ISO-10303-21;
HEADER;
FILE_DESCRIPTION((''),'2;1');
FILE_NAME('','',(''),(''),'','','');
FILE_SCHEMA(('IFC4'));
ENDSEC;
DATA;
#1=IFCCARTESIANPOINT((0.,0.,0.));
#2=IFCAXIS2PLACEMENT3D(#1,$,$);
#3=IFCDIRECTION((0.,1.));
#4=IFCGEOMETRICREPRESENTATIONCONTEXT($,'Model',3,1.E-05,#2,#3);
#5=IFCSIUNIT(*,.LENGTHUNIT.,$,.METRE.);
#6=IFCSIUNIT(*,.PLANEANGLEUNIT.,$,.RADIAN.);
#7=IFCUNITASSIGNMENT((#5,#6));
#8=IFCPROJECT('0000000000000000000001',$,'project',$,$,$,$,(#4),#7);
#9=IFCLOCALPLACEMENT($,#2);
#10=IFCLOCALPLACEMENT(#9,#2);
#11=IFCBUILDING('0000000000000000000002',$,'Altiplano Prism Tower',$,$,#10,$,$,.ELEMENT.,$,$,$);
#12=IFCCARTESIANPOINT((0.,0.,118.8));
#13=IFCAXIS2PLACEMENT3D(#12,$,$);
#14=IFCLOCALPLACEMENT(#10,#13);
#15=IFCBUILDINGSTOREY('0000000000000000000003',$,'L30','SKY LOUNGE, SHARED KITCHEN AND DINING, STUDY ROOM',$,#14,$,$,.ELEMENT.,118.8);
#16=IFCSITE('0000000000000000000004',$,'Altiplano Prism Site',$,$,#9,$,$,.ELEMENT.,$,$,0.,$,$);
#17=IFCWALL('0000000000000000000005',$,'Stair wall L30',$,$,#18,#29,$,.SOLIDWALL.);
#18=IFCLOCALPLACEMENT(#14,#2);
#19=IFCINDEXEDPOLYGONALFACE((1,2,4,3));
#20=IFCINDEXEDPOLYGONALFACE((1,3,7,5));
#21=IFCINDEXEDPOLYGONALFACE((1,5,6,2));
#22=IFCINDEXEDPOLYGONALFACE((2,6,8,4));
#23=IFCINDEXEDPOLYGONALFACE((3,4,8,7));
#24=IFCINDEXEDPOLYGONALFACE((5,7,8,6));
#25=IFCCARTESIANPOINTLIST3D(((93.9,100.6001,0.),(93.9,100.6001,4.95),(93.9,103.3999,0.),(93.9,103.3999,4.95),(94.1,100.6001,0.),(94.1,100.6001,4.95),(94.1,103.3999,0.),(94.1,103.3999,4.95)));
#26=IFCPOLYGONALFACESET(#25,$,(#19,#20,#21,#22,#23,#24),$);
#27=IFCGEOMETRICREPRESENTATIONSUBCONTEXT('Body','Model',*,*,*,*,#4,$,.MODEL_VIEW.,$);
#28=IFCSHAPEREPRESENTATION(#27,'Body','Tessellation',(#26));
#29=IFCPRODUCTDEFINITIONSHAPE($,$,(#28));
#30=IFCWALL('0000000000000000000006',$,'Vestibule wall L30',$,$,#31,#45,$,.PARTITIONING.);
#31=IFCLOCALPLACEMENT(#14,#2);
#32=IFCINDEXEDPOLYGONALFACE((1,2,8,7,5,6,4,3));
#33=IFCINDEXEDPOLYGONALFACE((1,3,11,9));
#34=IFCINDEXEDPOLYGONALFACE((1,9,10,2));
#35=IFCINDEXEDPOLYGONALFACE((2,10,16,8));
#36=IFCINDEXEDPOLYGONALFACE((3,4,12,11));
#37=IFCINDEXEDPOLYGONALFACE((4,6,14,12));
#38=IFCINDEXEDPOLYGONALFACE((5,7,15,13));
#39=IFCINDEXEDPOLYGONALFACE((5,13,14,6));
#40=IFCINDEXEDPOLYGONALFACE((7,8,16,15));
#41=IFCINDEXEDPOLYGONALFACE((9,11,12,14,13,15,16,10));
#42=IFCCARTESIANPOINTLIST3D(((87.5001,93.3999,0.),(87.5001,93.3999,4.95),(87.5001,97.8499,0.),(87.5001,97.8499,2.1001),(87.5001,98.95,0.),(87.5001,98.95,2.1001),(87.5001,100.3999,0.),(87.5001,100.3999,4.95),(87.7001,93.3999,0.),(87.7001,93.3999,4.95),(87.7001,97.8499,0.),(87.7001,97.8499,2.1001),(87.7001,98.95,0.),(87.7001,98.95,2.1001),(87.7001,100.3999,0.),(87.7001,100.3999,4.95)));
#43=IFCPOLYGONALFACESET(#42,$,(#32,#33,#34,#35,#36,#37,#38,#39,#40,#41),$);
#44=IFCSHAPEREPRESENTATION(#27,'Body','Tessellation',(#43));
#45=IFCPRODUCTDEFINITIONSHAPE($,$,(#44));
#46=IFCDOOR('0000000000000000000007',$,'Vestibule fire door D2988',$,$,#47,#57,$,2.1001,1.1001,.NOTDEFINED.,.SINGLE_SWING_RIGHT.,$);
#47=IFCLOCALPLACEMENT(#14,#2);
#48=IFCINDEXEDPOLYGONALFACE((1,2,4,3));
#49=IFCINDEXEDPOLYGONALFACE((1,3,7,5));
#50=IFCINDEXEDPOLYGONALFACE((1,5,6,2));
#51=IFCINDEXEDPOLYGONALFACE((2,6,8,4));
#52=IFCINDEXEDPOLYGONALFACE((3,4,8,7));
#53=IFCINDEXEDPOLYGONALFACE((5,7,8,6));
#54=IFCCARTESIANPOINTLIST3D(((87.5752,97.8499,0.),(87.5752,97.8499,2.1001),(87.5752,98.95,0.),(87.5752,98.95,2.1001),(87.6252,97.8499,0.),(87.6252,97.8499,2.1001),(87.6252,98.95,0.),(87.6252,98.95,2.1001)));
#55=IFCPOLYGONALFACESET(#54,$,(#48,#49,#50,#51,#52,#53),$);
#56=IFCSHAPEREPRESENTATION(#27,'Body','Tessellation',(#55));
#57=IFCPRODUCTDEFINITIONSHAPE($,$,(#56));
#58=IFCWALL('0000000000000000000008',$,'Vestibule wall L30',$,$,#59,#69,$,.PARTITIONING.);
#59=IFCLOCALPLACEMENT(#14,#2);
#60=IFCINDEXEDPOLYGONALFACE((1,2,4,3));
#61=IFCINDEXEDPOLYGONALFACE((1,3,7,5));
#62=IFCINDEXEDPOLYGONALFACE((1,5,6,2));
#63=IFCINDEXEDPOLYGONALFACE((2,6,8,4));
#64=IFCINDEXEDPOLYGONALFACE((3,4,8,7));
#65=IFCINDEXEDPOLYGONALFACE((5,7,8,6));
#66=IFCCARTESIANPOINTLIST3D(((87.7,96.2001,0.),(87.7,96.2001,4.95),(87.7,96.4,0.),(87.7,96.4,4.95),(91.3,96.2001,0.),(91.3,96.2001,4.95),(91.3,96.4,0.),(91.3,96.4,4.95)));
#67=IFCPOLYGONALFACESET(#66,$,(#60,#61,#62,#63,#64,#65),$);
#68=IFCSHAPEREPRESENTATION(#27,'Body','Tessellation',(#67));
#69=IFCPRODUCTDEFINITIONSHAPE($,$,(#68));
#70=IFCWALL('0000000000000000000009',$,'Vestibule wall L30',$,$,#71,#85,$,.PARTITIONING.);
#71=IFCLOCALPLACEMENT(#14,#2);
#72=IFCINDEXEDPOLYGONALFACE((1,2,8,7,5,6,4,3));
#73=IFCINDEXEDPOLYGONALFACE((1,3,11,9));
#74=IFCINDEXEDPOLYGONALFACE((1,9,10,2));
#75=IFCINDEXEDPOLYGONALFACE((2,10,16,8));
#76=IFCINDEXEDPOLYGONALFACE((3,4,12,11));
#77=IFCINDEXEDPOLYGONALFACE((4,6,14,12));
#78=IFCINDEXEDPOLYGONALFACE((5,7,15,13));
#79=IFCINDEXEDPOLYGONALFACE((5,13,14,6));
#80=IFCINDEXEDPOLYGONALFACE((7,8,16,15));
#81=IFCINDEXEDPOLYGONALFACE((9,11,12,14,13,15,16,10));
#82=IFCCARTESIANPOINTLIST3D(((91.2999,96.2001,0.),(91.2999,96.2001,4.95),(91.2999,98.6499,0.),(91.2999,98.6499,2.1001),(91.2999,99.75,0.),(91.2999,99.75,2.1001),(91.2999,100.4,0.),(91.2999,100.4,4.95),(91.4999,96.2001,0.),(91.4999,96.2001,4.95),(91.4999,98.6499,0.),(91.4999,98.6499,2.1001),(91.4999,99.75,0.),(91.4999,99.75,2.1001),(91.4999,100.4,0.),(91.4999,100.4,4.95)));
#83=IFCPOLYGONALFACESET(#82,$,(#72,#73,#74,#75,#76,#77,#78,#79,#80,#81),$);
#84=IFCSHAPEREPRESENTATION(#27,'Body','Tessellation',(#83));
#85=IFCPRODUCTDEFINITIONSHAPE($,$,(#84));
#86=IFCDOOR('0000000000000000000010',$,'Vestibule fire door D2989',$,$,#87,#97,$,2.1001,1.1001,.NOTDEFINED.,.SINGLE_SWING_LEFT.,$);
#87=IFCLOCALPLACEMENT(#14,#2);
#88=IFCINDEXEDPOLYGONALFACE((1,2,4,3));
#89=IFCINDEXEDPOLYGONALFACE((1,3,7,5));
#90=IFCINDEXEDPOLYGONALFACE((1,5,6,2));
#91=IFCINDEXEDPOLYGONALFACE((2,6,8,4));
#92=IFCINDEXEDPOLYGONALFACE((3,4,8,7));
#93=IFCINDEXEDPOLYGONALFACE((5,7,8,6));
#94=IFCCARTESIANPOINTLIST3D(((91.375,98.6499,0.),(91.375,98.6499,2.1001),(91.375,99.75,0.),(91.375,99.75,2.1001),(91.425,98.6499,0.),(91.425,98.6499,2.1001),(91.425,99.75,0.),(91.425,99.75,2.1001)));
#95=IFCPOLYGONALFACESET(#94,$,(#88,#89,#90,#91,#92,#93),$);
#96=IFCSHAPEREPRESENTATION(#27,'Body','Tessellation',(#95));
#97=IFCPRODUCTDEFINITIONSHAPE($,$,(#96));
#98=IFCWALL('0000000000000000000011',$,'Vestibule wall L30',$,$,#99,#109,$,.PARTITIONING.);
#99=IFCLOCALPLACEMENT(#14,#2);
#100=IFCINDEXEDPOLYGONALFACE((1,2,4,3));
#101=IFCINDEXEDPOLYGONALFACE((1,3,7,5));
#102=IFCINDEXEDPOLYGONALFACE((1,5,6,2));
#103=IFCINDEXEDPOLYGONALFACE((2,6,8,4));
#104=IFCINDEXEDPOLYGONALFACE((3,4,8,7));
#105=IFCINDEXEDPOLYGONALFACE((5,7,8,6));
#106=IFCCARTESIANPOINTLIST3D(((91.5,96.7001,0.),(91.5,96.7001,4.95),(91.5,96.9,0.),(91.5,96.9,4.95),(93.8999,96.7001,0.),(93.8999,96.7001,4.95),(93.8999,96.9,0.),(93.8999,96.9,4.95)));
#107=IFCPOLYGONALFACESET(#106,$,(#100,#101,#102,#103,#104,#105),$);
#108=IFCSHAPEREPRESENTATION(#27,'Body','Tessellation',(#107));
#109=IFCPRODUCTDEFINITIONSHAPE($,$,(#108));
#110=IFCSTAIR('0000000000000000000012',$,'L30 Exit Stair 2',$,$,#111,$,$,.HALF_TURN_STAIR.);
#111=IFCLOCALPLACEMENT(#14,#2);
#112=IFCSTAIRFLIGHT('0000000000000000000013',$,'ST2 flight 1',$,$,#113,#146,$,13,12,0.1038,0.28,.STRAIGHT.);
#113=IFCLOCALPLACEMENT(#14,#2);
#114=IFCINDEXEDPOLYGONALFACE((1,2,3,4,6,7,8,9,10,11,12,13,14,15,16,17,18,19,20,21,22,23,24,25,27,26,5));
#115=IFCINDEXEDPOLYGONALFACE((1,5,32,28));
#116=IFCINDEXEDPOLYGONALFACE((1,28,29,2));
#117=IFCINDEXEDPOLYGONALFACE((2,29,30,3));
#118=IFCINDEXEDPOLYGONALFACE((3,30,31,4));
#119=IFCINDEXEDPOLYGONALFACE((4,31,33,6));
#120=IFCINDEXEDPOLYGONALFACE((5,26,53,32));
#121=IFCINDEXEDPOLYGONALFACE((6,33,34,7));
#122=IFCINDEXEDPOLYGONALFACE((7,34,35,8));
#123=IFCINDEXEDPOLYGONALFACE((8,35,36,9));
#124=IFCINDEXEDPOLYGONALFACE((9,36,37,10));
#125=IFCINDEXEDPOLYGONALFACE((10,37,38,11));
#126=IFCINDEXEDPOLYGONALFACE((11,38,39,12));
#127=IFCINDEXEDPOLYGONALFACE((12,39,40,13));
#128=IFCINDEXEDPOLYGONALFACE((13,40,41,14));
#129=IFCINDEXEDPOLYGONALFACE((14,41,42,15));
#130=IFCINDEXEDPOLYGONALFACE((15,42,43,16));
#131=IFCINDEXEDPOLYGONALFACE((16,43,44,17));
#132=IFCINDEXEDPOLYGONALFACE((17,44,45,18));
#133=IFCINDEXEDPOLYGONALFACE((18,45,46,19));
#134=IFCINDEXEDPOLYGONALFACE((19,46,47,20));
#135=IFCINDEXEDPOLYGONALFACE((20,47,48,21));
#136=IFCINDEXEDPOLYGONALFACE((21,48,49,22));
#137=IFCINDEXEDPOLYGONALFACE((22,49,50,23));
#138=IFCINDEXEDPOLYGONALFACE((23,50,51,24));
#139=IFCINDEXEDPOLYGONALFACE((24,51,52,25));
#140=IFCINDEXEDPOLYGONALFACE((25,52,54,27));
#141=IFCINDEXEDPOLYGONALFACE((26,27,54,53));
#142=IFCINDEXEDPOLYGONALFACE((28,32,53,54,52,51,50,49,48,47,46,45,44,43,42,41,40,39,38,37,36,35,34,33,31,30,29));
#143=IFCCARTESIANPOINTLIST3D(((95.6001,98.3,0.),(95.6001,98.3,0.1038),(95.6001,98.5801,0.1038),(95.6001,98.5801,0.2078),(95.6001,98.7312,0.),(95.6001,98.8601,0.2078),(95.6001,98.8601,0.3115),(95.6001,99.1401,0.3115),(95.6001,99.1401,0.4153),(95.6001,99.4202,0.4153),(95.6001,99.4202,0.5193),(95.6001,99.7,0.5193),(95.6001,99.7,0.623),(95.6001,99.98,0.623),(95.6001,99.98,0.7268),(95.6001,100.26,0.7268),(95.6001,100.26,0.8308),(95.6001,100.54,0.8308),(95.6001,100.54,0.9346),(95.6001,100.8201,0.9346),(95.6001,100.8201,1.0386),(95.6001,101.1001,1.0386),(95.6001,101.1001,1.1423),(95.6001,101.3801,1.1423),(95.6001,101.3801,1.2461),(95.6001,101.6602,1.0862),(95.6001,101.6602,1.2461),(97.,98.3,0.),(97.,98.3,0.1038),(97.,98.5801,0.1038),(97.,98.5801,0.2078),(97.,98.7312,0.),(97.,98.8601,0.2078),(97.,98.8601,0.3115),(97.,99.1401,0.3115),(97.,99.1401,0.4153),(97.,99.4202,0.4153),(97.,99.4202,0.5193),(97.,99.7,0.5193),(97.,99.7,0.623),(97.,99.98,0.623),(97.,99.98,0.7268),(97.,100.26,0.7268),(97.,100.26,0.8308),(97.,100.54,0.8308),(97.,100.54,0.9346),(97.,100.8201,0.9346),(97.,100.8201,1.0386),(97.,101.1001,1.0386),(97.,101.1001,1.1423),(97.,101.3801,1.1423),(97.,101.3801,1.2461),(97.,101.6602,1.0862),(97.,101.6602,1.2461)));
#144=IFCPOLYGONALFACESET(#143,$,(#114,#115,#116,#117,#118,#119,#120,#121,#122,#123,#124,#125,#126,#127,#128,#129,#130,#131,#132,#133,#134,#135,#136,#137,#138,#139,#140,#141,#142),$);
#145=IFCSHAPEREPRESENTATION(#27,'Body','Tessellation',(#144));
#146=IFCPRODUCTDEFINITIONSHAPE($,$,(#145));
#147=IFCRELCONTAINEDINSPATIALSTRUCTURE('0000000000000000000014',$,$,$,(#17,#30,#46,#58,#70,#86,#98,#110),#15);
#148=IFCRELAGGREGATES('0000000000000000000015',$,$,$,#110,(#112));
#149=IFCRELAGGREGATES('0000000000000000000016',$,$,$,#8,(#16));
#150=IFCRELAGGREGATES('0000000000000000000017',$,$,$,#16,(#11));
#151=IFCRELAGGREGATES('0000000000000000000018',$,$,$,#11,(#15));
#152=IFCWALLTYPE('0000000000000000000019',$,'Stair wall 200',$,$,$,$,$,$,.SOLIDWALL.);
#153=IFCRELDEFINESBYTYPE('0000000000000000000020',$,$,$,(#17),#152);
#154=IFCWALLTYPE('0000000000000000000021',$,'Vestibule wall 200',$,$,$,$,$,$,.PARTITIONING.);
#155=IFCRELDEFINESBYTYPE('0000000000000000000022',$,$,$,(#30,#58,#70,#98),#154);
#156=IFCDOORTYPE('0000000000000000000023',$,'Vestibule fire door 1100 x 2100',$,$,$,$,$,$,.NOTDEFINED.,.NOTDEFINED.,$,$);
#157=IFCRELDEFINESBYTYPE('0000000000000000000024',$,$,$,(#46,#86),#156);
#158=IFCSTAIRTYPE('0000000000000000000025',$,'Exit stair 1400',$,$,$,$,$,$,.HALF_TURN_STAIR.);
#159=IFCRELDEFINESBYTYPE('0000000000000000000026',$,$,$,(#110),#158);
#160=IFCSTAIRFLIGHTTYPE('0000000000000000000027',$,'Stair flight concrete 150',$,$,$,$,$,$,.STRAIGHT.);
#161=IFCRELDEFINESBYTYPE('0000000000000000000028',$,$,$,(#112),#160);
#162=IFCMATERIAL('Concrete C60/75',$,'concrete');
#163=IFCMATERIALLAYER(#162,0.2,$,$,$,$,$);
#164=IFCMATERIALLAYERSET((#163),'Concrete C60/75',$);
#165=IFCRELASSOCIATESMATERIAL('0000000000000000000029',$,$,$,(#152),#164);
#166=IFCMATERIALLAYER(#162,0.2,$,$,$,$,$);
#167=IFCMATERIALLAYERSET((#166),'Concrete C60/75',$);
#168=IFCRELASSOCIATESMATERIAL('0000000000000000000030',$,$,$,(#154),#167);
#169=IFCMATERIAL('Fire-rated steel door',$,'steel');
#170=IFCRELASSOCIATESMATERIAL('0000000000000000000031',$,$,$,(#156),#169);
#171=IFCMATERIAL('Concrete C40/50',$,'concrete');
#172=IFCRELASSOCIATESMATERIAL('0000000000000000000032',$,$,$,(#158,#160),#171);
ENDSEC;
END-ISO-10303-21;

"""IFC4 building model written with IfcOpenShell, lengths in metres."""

from ifc_helpers import new_model, si_unit, direction, frame, frame_2d, origin, place, context, subcontext, project, spatial, polyline, rectangle, outline, extrude, material, layer, layer_set, type_object, element, fill, aggregate, save


model = new_model("IFC4")

# Units and contexts
model_context = context("Model", 3, precision=1e-05, world=origin(), true_north=direction((0.0, 1.0)))
body_context = subcontext(model_context, "Body", "Model", "MODEL_VIEW")
ifc_project = project(units=[si_unit("LENGTHUNIT", "METRE"), si_unit("PLANEANGLEUNIT", "RADIAN")], contexts=[model_context])

# Site, building, storey
site_placement = place(None, origin())
site = spatial("IfcSite", under=ifc_project, at=site_placement, Name="Altiplano Prism Site", CompositionType="ELEMENT", RefElevation=0.0)
building_placement = place(site_placement, origin())
building = spatial("IfcBuilding", under=site, at=building_placement, Name="Altiplano Prism Tower", CompositionType="ELEMENT")
storey_placement = place(building_placement, frame((0.0, 0.0, 118.8)))
storey = spatial("IfcBuildingStorey", under=building, at=storey_placement, Name="L30", Description="SKY LOUNGE, SHARED KITCHEN AND DINING, STUDY ROOM", CompositionType="ELEMENT", Elevation=118.8)

# Shared definitions
ifc_material_1 = material(Name="Concrete C60/75", Category="concrete")

# Shared definitions
ifc_layer_1 = layer(ifc_material_1, 0.2)
ifc_layer_set_1 = layer_set([ifc_layer_1], Name="Concrete C60/75")
wall_type_1 = type_object("IfcWallType", Name="Stair wall 200", PredefinedType="SOLIDWALL", material=ifc_layer_set_1)
ifc_material_2 = material(Name="Fire-rated steel door", Category="steel")

# Wall
wall_1_placement = place(storey_placement, frame((94.0, 100.6001, 0.0), z_axis=(0.0, 0.0, 1.0), x_axis=(0.0, 1.0, 0.0)))
element("IfcWall", 1, at=wall_1_placement, inside=storey, type_object=wall_type_1, Name="Stair wall L30", PredefinedType="SOLIDWALL", context=body_context, shape_type="SweptSolid", body=[
    extrude(rectangle(XDim=2.7998, YDim=0.2, at=frame_2d((1.3999, 0.0))), origin(), (0.0, 0.0, 1.0), 4.95),
])

# Wall, opening, door
ifc_layer_2 = layer(ifc_material_1, 0.2)
ifc_layer_set_2 = layer_set([ifc_layer_2], Name="Concrete C60/75")
wall_type_2 = type_object("IfcWallType", Name="Vestibule wall 200", PredefinedType="PARTITIONING", material=ifc_layer_set_2)
wall_2_placement = place(storey_placement, frame((87.6001, 93.3999, 0.0), z_axis=(0.0, 0.0, 1.0), x_axis=(0.0, 1.0, 0.0)))
wall_2 = element("IfcWall", 2, at=wall_2_placement, inside=storey, type_object=wall_type_2, Name="Vestibule wall L30", PredefinedType="PARTITIONING", context=body_context, shape_type="SweptSolid", body=[
    extrude(rectangle(XDim=7.0, YDim=0.2, at=frame_2d((3.5, 0.0))), origin(), (0.0, 0.0, 1.0), 4.95),
])
opening_1_placement = place(wall_2_placement, frame((4.45, 0.0, 0.0)))
opening_1 = element("IfcOpeningElement", 3, at=opening_1_placement, cuts=wall_2, PredefinedType="OPENING", context=body_context, shape_type="SweptSolid", body=[
    extrude(rectangle(XDim=1.1001, YDim=2.1001, at=frame_2d((0.55, 1.05))), frame((0.0, 0.1104, 0.0), z_axis=(0.0, -1.0, 0.0), x_axis=(1.0, 0.0, 0.0)), (0.0, 0.0, 1.0), 0.2209),
])
door_type_1 = type_object("IfcDoorType", Name="Vestibule fire door 1100 x 2100", OperationType="NOTDEFINED", PredefinedType="NOTDEFINED", material=ifc_material_2)
door_1_placement = place(opening_1_placement, origin())
door_1 = element("IfcDoor", 4, at=door_1_placement, inside=storey, type_object=door_type_1, Name="Vestibule fire door D2988", OperationType="SINGLE_SWING_RIGHT", OverallHeight=2.1001, OverallWidth=1.1001, PredefinedType="NOTDEFINED", context=body_context, shape_type="SweptSolid", body=[
    extrude(rectangle(XDim=1.1001, YDim=2.1001, at=frame_2d((0.55, 1.05))), frame((0.0, 0.0249, 0.0), z_axis=(0.0, -1.0, 0.0), x_axis=(1.0, 0.0, 0.0)), (0.0, 0.0, 1.0), 0.05),
])
fill(opening_1, door_1)

# Wall
wall_3_placement = place(storey_placement, frame((87.7, 96.3, 0.0), z_axis=(0.0, 0.0, 1.0), x_axis=(1.0, 0.0, 0.0)))
element("IfcWall", 5, at=wall_3_placement, inside=storey, type_object=wall_type_2, Name="Vestibule wall L30", PredefinedType="PARTITIONING", context=body_context, shape_type="SweptSolid", body=[
    extrude(rectangle(XDim=3.6001, YDim=0.2, at=frame_2d((1.8, 0.0))), origin(), (0.0, 0.0, 1.0), 4.95),
])

# Wall, opening, door
wall_4_placement = place(storey_placement, frame((91.3999, 96.2, 0.0), z_axis=(0.0, 0.0, 1.0), x_axis=(0.0, 1.0, 0.0)))
wall_4 = element("IfcWall", 6, at=wall_4_placement, inside=storey, type_object=wall_type_2, Name="Vestibule wall L30", PredefinedType="PARTITIONING", context=body_context, shape_type="SweptSolid", body=[
    extrude(rectangle(XDim=4.2, YDim=0.2, at=frame_2d((2.1001, 0.0))), origin(), (0.0, 0.0, 1.0), 4.95),
])
opening_2_placement = place(wall_4_placement, frame((2.45, 0.0, 0.0)))
opening_2 = element("IfcOpeningElement", 7, at=opening_2_placement, cuts=wall_4, PredefinedType="OPENING", context=body_context, shape_type="SweptSolid", body=[
    extrude(rectangle(XDim=1.1001, YDim=2.1001, at=frame_2d((0.55, 1.05))), frame((0.0, 0.1104, 0.0), z_axis=(0.0, -1.0, 0.0), x_axis=(1.0, 0.0, 0.0)), (0.0, 0.0, 1.0), 0.2209),
])
door_2_placement = place(opening_2_placement, origin())
door_2 = element("IfcDoor", 8, at=door_2_placement, inside=storey, type_object=door_type_1, Name="Vestibule fire door D2989", OperationType="SINGLE_SWING_LEFT", OverallHeight=2.1001, OverallWidth=1.1001, PredefinedType="NOTDEFINED", context=body_context, shape_type="SweptSolid", body=[
    extrude(rectangle(XDim=1.1001, YDim=2.1001, at=frame_2d((0.55, 1.05))), frame((0.0, 0.0249, 0.0), z_axis=(0.0, -1.0, 0.0), x_axis=(1.0, 0.0, 0.0)), (0.0, 0.0, 1.0), 0.05),
])
fill(opening_2, door_2)

# Wall
wall_5_placement = place(storey_placement, frame((91.5, 96.8, 0.0), z_axis=(0.0, 0.0, 1.0), x_axis=(1.0, 0.0, 0.0)))
element("IfcWall", 9, at=wall_5_placement, inside=storey, type_object=wall_type_2, Name="Vestibule wall L30", PredefinedType="PARTITIONING", context=body_context, shape_type="SweptSolid", body=[
    extrude(rectangle(XDim=2.3999, YDim=0.2, at=frame_2d((1.2, 0.0))), origin(), (0.0, 0.0, 1.0), 4.95),
])

# Stair, stair flight
ifc_material_3 = material(Name="Concrete C40/50", Category="concrete")
stair_type = type_object("IfcStairType", Name="Exit stair 1400", PredefinedType="HALF_TURN_STAIR", material=ifc_material_3)
stair_placement = place(storey_placement, origin())
stair = element("IfcStair", 10, at=stair_placement, inside=storey, type_object=stair_type, Name="L30 Exit Stair 2", PredefinedType="HALF_TURN_STAIR")
stair_flight_type = type_object("IfcStairFlightType", Name="Stair flight concrete 150", PredefinedType="STRAIGHT", material=ifc_material_3)
stair_flight_1_placement = place(storey_placement, frame((96.3, 98.3, 0.0), z_axis=(0.0, 0.0, 1.0), x_axis=(0.0, 1.0, 0.0)))
stair_flight_1 = element("IfcStairFlight", 11, at=stair_flight_1_placement, type_object=stair_flight_type, Name="ST2 flight 1", NumberOfRisers=13, NumberOfTreads=12, PredefinedType="STRAIGHT", RiserHeight=0.1038, TreadLength=0.28, context=body_context, shape_type="SweptSolid", body=[
    extrude(outline(polyline([(0.0, 0.0), (0.0, 0.1038), (0.28, 0.1038), (0.28, 0.2078), (0.5601, 0.2078), (0.5601, 0.3115), (0.8401, 0.3115), (0.8401, 0.4153), (1.1201, 0.4153), (1.1201, 0.5193), (1.3999, 0.5193), (1.3999, 0.623), (1.6799, 0.623), (1.6799, 0.7268), (1.96, 0.7268), (1.96, 0.8308), (2.24, 0.8308), (2.24, 0.9346), (2.52, 0.9346), (2.52, 1.0386), (2.8, 1.0386), (2.8, 1.1423), (3.0801, 1.1423), (3.0801, 1.2461), (3.3601, 1.2461), (3.3601, 1.3501), (3.3601, 1.0862), (0.4312, 0.0), (0.0, 0.0)])), frame((0.0, 0.7, 0.0), z_axis=(0.0, -1.0, 0.0), x_axis=(1.0, 0.0, 0.0)), (0.0, 0.0, 1.0), 1.3999),
])
aggregate(stair, [stair_flight_1])

save(model, "model.ifc")
